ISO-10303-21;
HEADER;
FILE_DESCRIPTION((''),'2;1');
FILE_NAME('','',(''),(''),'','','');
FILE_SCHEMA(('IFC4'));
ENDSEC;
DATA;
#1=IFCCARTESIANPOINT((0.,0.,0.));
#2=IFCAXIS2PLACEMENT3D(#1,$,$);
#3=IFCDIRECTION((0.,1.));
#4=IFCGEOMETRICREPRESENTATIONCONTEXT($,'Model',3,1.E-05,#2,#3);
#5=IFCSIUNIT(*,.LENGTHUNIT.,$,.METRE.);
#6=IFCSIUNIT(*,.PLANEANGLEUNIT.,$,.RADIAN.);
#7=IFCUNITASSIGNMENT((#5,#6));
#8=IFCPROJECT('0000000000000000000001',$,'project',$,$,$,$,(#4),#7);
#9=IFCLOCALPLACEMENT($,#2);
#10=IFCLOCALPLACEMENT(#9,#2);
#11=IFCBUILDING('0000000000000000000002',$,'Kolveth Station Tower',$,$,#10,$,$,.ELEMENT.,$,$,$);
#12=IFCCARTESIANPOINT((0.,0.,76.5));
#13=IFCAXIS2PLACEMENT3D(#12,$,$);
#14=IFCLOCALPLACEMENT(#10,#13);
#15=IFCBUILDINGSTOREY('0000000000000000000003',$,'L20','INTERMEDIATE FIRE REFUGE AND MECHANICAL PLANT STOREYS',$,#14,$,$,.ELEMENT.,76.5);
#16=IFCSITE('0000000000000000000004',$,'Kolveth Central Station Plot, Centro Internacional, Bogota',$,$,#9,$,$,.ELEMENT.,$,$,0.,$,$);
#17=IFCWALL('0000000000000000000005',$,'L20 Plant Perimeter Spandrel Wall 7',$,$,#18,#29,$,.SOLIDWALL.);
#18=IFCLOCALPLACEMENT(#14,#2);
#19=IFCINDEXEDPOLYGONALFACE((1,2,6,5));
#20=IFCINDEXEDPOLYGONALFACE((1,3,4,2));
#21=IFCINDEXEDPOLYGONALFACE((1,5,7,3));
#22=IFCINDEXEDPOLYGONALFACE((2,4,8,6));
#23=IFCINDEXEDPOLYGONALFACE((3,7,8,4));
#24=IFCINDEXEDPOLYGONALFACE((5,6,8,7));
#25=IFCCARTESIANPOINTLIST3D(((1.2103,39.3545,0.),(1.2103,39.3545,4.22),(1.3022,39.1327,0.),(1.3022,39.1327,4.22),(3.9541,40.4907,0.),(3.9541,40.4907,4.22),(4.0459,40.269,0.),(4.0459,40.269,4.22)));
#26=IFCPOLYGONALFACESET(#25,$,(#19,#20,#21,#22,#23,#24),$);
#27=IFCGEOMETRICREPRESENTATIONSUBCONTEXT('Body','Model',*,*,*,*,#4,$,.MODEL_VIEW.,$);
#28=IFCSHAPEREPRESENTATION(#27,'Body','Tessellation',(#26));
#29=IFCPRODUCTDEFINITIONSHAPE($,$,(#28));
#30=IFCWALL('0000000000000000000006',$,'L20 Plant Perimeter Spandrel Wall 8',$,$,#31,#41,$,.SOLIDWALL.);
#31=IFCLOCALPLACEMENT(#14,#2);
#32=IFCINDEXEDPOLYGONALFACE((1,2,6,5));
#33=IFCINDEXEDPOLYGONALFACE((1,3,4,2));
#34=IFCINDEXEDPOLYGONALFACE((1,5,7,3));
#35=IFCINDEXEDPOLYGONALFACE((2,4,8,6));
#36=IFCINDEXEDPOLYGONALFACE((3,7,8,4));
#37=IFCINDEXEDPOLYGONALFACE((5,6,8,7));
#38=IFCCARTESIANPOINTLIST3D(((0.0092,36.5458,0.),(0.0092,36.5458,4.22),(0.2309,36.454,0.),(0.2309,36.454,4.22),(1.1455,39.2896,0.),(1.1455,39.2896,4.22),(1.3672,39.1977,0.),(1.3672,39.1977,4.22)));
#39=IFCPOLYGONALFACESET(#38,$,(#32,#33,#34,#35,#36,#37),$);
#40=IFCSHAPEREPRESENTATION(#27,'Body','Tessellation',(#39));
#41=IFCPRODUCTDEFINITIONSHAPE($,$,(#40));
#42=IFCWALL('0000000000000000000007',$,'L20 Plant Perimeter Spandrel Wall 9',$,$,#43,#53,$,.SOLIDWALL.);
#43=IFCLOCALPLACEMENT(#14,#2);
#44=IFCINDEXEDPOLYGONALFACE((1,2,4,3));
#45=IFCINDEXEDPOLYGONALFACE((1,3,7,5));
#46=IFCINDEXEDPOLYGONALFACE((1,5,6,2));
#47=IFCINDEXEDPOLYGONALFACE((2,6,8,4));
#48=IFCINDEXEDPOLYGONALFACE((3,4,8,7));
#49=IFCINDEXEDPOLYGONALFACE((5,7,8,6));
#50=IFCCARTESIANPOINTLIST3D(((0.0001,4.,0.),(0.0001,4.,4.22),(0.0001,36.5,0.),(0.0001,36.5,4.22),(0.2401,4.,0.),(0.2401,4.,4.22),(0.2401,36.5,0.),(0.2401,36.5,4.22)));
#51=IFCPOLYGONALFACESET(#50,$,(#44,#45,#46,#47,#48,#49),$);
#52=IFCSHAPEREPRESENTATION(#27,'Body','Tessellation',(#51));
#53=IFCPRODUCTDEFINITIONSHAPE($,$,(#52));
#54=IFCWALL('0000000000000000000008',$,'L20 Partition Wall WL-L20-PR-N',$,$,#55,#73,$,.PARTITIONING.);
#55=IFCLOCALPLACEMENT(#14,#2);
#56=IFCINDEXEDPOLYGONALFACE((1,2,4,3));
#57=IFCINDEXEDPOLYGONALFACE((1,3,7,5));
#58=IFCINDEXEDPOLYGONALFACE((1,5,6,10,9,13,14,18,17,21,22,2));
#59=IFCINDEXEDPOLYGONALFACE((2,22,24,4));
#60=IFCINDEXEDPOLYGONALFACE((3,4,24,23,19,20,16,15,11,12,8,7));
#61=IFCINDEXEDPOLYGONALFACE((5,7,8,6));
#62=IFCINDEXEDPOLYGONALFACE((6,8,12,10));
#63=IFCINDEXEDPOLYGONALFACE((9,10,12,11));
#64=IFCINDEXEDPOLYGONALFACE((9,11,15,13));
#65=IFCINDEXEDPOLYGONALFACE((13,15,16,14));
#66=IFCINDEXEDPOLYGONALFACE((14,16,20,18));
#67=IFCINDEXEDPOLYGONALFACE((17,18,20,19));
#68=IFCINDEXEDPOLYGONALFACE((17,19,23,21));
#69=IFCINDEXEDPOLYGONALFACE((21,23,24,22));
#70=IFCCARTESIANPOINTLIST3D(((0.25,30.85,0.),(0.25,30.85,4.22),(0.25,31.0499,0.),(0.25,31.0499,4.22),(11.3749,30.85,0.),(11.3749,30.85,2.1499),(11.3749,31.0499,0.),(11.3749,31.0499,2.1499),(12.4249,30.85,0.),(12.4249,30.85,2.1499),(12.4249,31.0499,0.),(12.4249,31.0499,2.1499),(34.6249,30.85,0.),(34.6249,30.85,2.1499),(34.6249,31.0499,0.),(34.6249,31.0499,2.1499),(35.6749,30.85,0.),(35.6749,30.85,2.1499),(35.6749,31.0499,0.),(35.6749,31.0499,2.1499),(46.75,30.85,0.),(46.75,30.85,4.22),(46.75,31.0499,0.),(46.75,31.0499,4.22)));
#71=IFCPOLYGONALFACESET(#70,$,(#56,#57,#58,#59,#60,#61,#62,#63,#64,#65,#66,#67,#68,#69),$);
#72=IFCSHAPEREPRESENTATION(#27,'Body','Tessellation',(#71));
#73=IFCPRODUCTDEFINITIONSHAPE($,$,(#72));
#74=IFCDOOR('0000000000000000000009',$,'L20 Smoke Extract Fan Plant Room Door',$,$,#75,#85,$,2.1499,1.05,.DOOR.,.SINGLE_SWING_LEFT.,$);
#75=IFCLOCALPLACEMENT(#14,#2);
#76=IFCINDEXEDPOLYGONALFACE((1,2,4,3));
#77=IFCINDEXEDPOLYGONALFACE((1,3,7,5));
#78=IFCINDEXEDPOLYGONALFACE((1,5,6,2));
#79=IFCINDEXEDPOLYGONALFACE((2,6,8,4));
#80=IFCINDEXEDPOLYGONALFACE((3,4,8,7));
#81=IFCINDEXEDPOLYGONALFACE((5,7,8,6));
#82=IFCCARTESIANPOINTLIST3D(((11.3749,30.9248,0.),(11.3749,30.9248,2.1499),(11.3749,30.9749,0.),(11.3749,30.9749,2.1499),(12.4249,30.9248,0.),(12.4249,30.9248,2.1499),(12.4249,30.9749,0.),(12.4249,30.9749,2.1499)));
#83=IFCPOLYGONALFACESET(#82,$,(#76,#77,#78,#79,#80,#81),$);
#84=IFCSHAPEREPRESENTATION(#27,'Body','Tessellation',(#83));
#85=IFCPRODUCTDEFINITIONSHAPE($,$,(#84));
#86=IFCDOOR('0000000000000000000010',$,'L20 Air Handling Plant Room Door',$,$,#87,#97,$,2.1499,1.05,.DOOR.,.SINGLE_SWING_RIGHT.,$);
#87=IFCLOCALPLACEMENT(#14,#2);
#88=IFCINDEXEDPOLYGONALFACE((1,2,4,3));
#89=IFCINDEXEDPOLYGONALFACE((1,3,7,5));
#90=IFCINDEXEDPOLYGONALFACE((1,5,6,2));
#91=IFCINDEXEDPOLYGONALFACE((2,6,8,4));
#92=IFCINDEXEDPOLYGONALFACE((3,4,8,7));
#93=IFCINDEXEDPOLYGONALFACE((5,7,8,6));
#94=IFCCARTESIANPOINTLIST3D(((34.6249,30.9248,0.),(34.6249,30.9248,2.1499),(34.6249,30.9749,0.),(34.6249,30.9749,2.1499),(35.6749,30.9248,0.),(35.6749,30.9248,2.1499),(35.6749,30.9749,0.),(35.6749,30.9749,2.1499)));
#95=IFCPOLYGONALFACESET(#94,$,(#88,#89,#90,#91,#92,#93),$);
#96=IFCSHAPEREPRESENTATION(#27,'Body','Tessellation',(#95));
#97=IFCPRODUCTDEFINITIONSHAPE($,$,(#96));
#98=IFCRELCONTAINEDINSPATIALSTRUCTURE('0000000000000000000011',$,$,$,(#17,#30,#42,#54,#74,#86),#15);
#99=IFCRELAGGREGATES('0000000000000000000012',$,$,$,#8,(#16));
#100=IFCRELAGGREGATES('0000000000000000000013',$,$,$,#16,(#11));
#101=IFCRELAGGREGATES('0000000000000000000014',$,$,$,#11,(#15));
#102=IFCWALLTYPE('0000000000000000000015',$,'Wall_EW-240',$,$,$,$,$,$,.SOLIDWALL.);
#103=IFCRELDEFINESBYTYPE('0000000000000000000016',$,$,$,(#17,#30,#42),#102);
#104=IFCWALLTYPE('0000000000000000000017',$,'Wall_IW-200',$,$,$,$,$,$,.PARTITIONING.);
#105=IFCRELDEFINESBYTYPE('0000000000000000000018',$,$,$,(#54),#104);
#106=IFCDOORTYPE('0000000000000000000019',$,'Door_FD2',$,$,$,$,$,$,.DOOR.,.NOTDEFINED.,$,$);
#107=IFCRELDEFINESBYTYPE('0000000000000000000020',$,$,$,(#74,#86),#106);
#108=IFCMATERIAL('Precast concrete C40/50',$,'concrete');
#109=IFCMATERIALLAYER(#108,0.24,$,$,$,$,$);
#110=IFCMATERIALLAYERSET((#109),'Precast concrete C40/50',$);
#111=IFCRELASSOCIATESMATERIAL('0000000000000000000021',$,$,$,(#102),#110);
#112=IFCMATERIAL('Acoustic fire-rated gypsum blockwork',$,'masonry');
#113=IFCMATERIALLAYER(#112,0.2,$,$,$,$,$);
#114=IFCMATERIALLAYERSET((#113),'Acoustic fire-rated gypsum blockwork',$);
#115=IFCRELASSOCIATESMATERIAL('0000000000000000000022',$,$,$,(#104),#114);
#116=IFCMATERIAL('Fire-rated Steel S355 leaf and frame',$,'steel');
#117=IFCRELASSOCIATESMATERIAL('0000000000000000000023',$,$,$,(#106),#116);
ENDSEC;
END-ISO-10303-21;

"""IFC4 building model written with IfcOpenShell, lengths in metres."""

from ifc_helpers import new_model, si_unit, direction, frame, frame_2d, origin, place, context, subcontext, project, spatial, rectangle, extrude, material, layer, layer_set, type_object, element, fill, save


model = new_model("IFC4")

# Units and contexts
model_context = context("Model", 3, precision=1e-05, world=origin(), true_north=direction((0.0, 1.0)))
body_context = subcontext(model_context, "Body", "Model", "MODEL_VIEW")
ifc_project = project(units=[si_unit("LENGTHUNIT", "METRE"), si_unit("PLANEANGLEUNIT", "RADIAN")], contexts=[model_context])

# Site, building, storey
site_placement = place(None, origin())
site = spatial("IfcSite", under=ifc_project, at=site_placement, Name="Kolveth Central Station Plot, Centro Internacional, Bogota", CompositionType="ELEMENT", RefElevation=0.0)
building_placement = place(site_placement, origin())
building = spatial("IfcBuilding", under=site, at=building_placement, Name="Kolveth Station Tower", CompositionType="ELEMENT")
storey_placement = place(building_placement, frame((0.0, 0.0, 76.5)))
storey = spatial("IfcBuildingStorey", under=building, at=storey_placement, Name="L20", Description="INTERMEDIATE FIRE REFUGE AND MECHANICAL PLANT STOREYS", CompositionType="ELEMENT", Elevation=76.5)

# Walls
ifc_material_1 = material(Name="Precast concrete C40/50", Category="concrete")
ifc_layer_1 = layer(ifc_material_1, 0.24)
ifc_layer_set_1 = layer_set([ifc_layer_1], Name="Precast concrete C40/50")
wall_type_1 = type_object("IfcWallType", Name="Wall_EW-240", PredefinedType="SOLIDWALL", material=ifc_layer_set_1)
for number, where, z_axis, x_axis, name in (
    (1, (4.0, 40.3799, 0.0), (0.0, 0.0, 1.0), (-0.923907, -0.382618, 0.0), "L20 Plant Perimeter Spandrel Wall 7"),
    (2, (1.2563, 39.2437, 0.0), (0.0, 0.0, 1.0), (-0.382618, -0.923907, 0.0), "L20 Plant Perimeter Spandrel Wall 8"),
):
    element("IfcWall", number, at=place(storey_placement, frame(where, z_axis=z_axis, x_axis=x_axis)), inside=storey, type_object=wall_type_1, Name=name, PredefinedType="SOLIDWALL", context=body_context, shape_type="SweptSolid", body=[
        extrude(rectangle(XDim=2.9697, YDim=0.24, at=frame_2d((1.4849, 0.0))), origin(), (0.0, 0.0, 1.0), 4.22),
    ])
wall_1_placement = place(storey_placement, frame((0.1201, 36.5, 0.0), z_axis=(0.0, 0.0, 1.0), x_axis=(0.0, -1.0, 0.0)))
element("IfcWall", 3, at=wall_1_placement, inside=storey, type_object=wall_type_1, Name="L20 Plant Perimeter Spandrel Wall 9", PredefinedType="SOLIDWALL", context=body_context, shape_type="SweptSolid", body=[
    extrude(rectangle(XDim=32.5, YDim=0.24, at=frame_2d((16.25, 0.0))), origin(), (0.0, 0.0, 1.0), 4.22),
])

# Wall, openings, doors
ifc_material_2 = material(Name="Acoustic fire-rated gypsum blockwork", Category="masonry")
ifc_layer_2 = layer(ifc_material_2, 0.2)
ifc_layer_set_2 = layer_set([ifc_layer_2], Name="Acoustic fire-rated gypsum blockwork")
wall_type_2 = type_object("IfcWallType", Name="Wall_IW-200", PredefinedType="PARTITIONING", material=ifc_layer_set_2)
wall_2_placement = place(storey_placement, frame((0.25, 30.95, 0.0), z_axis=(0.0, 0.0, 1.0), x_axis=(1.0, 0.0, 0.0)))
wall_2 = element("IfcWall", 4, at=wall_2_placement, inside=storey, type_object=wall_type_2, Name="L20 Partition Wall WL-L20-PR-N", PredefinedType="PARTITIONING", context=body_context, shape_type="SweptSolid", body=[
    extrude(rectangle(XDim=46.5, YDim=0.2, at=frame_2d((23.25, 0.0))), origin(), (0.0, 0.0, 1.0), 4.22),
])
opening_1_placement = place(wall_2_placement, frame((11.125, 0.0, 0.0)))
opening_1 = element("IfcOpeningElement", 5, at=opening_1_placement, cuts=wall_2, PredefinedType="OPENING", context=body_context, shape_type="SweptSolid", body=[
    extrude(rectangle(XDim=1.05, YDim=2.1499, at=frame_2d((0.5249, 1.075))), frame((0.0, 0.1099, 0.0), z_axis=(0.0, -1.0, 0.0), x_axis=(1.0, 0.0, 0.0)), (0.0, 0.0, 1.0), 0.22),
])
opening_2_placement = place(wall_2_placement, frame((34.375, 0.0, 0.0)))
opening_2 = element("IfcOpeningElement", 6, at=opening_2_placement, cuts=wall_2, PredefinedType="OPENING", context=body_context, shape_type="SweptSolid", body=[
    extrude(rectangle(XDim=1.05, YDim=2.1499, at=frame_2d((0.5249, 1.075))), frame((0.0, 0.1099, 0.0), z_axis=(0.0, -1.0, 0.0), x_axis=(1.0, 0.0, 0.0)), (0.0, 0.0, 1.0), 0.22),
])
ifc_material_3 = material(Name="Fire-rated Steel S355 leaf and frame", Category="steel")
door_type = type_object("IfcDoorType", Name="Door_FD2", OperationType="NOTDEFINED", PredefinedType="DOOR", material=ifc_material_3)
door_1_placement = place(opening_1_placement, origin())
door_1 = element("IfcDoor", 7, at=door_1_placement, inside=storey, type_object=door_type, Name="L20 Smoke Extract Fan Plant Room Door", OperationType="SINGLE_SWING_LEFT", OverallHeight=2.1499, OverallWidth=1.05, PredefinedType="DOOR", context=body_context, shape_type="SweptSolid", body=[
    extrude(rectangle(XDim=1.05, YDim=2.1499, at=frame_2d((0.5249, 1.075))), frame((0.0, 0.0249, 0.0), z_axis=(0.0, -1.0, 0.0), x_axis=(1.0, 0.0, 0.0)), (0.0, 0.0, 1.0), 0.05),
])
fill(opening_1, door_1)
door_2_placement = place(opening_2_placement, origin())
door_2 = element("IfcDoor", 8, at=door_2_placement, inside=storey, type_object=door_type, Name="L20 Air Handling Plant Room Door", OperationType="SINGLE_SWING_RIGHT", OverallHeight=2.1499, OverallWidth=1.05, PredefinedType="DOOR", context=body_context, shape_type="SweptSolid", body=[
    extrude(rectangle(XDim=1.05, YDim=2.1499, at=frame_2d((0.5249, 1.075))), frame((0.0, 0.0249, 0.0), z_axis=(0.0, -1.0, 0.0), x_axis=(1.0, 0.0, 0.0)), (0.0, 0.0, 1.0), 0.05),
])
fill(opening_2, door_2)

save(model, "model.ifc")
